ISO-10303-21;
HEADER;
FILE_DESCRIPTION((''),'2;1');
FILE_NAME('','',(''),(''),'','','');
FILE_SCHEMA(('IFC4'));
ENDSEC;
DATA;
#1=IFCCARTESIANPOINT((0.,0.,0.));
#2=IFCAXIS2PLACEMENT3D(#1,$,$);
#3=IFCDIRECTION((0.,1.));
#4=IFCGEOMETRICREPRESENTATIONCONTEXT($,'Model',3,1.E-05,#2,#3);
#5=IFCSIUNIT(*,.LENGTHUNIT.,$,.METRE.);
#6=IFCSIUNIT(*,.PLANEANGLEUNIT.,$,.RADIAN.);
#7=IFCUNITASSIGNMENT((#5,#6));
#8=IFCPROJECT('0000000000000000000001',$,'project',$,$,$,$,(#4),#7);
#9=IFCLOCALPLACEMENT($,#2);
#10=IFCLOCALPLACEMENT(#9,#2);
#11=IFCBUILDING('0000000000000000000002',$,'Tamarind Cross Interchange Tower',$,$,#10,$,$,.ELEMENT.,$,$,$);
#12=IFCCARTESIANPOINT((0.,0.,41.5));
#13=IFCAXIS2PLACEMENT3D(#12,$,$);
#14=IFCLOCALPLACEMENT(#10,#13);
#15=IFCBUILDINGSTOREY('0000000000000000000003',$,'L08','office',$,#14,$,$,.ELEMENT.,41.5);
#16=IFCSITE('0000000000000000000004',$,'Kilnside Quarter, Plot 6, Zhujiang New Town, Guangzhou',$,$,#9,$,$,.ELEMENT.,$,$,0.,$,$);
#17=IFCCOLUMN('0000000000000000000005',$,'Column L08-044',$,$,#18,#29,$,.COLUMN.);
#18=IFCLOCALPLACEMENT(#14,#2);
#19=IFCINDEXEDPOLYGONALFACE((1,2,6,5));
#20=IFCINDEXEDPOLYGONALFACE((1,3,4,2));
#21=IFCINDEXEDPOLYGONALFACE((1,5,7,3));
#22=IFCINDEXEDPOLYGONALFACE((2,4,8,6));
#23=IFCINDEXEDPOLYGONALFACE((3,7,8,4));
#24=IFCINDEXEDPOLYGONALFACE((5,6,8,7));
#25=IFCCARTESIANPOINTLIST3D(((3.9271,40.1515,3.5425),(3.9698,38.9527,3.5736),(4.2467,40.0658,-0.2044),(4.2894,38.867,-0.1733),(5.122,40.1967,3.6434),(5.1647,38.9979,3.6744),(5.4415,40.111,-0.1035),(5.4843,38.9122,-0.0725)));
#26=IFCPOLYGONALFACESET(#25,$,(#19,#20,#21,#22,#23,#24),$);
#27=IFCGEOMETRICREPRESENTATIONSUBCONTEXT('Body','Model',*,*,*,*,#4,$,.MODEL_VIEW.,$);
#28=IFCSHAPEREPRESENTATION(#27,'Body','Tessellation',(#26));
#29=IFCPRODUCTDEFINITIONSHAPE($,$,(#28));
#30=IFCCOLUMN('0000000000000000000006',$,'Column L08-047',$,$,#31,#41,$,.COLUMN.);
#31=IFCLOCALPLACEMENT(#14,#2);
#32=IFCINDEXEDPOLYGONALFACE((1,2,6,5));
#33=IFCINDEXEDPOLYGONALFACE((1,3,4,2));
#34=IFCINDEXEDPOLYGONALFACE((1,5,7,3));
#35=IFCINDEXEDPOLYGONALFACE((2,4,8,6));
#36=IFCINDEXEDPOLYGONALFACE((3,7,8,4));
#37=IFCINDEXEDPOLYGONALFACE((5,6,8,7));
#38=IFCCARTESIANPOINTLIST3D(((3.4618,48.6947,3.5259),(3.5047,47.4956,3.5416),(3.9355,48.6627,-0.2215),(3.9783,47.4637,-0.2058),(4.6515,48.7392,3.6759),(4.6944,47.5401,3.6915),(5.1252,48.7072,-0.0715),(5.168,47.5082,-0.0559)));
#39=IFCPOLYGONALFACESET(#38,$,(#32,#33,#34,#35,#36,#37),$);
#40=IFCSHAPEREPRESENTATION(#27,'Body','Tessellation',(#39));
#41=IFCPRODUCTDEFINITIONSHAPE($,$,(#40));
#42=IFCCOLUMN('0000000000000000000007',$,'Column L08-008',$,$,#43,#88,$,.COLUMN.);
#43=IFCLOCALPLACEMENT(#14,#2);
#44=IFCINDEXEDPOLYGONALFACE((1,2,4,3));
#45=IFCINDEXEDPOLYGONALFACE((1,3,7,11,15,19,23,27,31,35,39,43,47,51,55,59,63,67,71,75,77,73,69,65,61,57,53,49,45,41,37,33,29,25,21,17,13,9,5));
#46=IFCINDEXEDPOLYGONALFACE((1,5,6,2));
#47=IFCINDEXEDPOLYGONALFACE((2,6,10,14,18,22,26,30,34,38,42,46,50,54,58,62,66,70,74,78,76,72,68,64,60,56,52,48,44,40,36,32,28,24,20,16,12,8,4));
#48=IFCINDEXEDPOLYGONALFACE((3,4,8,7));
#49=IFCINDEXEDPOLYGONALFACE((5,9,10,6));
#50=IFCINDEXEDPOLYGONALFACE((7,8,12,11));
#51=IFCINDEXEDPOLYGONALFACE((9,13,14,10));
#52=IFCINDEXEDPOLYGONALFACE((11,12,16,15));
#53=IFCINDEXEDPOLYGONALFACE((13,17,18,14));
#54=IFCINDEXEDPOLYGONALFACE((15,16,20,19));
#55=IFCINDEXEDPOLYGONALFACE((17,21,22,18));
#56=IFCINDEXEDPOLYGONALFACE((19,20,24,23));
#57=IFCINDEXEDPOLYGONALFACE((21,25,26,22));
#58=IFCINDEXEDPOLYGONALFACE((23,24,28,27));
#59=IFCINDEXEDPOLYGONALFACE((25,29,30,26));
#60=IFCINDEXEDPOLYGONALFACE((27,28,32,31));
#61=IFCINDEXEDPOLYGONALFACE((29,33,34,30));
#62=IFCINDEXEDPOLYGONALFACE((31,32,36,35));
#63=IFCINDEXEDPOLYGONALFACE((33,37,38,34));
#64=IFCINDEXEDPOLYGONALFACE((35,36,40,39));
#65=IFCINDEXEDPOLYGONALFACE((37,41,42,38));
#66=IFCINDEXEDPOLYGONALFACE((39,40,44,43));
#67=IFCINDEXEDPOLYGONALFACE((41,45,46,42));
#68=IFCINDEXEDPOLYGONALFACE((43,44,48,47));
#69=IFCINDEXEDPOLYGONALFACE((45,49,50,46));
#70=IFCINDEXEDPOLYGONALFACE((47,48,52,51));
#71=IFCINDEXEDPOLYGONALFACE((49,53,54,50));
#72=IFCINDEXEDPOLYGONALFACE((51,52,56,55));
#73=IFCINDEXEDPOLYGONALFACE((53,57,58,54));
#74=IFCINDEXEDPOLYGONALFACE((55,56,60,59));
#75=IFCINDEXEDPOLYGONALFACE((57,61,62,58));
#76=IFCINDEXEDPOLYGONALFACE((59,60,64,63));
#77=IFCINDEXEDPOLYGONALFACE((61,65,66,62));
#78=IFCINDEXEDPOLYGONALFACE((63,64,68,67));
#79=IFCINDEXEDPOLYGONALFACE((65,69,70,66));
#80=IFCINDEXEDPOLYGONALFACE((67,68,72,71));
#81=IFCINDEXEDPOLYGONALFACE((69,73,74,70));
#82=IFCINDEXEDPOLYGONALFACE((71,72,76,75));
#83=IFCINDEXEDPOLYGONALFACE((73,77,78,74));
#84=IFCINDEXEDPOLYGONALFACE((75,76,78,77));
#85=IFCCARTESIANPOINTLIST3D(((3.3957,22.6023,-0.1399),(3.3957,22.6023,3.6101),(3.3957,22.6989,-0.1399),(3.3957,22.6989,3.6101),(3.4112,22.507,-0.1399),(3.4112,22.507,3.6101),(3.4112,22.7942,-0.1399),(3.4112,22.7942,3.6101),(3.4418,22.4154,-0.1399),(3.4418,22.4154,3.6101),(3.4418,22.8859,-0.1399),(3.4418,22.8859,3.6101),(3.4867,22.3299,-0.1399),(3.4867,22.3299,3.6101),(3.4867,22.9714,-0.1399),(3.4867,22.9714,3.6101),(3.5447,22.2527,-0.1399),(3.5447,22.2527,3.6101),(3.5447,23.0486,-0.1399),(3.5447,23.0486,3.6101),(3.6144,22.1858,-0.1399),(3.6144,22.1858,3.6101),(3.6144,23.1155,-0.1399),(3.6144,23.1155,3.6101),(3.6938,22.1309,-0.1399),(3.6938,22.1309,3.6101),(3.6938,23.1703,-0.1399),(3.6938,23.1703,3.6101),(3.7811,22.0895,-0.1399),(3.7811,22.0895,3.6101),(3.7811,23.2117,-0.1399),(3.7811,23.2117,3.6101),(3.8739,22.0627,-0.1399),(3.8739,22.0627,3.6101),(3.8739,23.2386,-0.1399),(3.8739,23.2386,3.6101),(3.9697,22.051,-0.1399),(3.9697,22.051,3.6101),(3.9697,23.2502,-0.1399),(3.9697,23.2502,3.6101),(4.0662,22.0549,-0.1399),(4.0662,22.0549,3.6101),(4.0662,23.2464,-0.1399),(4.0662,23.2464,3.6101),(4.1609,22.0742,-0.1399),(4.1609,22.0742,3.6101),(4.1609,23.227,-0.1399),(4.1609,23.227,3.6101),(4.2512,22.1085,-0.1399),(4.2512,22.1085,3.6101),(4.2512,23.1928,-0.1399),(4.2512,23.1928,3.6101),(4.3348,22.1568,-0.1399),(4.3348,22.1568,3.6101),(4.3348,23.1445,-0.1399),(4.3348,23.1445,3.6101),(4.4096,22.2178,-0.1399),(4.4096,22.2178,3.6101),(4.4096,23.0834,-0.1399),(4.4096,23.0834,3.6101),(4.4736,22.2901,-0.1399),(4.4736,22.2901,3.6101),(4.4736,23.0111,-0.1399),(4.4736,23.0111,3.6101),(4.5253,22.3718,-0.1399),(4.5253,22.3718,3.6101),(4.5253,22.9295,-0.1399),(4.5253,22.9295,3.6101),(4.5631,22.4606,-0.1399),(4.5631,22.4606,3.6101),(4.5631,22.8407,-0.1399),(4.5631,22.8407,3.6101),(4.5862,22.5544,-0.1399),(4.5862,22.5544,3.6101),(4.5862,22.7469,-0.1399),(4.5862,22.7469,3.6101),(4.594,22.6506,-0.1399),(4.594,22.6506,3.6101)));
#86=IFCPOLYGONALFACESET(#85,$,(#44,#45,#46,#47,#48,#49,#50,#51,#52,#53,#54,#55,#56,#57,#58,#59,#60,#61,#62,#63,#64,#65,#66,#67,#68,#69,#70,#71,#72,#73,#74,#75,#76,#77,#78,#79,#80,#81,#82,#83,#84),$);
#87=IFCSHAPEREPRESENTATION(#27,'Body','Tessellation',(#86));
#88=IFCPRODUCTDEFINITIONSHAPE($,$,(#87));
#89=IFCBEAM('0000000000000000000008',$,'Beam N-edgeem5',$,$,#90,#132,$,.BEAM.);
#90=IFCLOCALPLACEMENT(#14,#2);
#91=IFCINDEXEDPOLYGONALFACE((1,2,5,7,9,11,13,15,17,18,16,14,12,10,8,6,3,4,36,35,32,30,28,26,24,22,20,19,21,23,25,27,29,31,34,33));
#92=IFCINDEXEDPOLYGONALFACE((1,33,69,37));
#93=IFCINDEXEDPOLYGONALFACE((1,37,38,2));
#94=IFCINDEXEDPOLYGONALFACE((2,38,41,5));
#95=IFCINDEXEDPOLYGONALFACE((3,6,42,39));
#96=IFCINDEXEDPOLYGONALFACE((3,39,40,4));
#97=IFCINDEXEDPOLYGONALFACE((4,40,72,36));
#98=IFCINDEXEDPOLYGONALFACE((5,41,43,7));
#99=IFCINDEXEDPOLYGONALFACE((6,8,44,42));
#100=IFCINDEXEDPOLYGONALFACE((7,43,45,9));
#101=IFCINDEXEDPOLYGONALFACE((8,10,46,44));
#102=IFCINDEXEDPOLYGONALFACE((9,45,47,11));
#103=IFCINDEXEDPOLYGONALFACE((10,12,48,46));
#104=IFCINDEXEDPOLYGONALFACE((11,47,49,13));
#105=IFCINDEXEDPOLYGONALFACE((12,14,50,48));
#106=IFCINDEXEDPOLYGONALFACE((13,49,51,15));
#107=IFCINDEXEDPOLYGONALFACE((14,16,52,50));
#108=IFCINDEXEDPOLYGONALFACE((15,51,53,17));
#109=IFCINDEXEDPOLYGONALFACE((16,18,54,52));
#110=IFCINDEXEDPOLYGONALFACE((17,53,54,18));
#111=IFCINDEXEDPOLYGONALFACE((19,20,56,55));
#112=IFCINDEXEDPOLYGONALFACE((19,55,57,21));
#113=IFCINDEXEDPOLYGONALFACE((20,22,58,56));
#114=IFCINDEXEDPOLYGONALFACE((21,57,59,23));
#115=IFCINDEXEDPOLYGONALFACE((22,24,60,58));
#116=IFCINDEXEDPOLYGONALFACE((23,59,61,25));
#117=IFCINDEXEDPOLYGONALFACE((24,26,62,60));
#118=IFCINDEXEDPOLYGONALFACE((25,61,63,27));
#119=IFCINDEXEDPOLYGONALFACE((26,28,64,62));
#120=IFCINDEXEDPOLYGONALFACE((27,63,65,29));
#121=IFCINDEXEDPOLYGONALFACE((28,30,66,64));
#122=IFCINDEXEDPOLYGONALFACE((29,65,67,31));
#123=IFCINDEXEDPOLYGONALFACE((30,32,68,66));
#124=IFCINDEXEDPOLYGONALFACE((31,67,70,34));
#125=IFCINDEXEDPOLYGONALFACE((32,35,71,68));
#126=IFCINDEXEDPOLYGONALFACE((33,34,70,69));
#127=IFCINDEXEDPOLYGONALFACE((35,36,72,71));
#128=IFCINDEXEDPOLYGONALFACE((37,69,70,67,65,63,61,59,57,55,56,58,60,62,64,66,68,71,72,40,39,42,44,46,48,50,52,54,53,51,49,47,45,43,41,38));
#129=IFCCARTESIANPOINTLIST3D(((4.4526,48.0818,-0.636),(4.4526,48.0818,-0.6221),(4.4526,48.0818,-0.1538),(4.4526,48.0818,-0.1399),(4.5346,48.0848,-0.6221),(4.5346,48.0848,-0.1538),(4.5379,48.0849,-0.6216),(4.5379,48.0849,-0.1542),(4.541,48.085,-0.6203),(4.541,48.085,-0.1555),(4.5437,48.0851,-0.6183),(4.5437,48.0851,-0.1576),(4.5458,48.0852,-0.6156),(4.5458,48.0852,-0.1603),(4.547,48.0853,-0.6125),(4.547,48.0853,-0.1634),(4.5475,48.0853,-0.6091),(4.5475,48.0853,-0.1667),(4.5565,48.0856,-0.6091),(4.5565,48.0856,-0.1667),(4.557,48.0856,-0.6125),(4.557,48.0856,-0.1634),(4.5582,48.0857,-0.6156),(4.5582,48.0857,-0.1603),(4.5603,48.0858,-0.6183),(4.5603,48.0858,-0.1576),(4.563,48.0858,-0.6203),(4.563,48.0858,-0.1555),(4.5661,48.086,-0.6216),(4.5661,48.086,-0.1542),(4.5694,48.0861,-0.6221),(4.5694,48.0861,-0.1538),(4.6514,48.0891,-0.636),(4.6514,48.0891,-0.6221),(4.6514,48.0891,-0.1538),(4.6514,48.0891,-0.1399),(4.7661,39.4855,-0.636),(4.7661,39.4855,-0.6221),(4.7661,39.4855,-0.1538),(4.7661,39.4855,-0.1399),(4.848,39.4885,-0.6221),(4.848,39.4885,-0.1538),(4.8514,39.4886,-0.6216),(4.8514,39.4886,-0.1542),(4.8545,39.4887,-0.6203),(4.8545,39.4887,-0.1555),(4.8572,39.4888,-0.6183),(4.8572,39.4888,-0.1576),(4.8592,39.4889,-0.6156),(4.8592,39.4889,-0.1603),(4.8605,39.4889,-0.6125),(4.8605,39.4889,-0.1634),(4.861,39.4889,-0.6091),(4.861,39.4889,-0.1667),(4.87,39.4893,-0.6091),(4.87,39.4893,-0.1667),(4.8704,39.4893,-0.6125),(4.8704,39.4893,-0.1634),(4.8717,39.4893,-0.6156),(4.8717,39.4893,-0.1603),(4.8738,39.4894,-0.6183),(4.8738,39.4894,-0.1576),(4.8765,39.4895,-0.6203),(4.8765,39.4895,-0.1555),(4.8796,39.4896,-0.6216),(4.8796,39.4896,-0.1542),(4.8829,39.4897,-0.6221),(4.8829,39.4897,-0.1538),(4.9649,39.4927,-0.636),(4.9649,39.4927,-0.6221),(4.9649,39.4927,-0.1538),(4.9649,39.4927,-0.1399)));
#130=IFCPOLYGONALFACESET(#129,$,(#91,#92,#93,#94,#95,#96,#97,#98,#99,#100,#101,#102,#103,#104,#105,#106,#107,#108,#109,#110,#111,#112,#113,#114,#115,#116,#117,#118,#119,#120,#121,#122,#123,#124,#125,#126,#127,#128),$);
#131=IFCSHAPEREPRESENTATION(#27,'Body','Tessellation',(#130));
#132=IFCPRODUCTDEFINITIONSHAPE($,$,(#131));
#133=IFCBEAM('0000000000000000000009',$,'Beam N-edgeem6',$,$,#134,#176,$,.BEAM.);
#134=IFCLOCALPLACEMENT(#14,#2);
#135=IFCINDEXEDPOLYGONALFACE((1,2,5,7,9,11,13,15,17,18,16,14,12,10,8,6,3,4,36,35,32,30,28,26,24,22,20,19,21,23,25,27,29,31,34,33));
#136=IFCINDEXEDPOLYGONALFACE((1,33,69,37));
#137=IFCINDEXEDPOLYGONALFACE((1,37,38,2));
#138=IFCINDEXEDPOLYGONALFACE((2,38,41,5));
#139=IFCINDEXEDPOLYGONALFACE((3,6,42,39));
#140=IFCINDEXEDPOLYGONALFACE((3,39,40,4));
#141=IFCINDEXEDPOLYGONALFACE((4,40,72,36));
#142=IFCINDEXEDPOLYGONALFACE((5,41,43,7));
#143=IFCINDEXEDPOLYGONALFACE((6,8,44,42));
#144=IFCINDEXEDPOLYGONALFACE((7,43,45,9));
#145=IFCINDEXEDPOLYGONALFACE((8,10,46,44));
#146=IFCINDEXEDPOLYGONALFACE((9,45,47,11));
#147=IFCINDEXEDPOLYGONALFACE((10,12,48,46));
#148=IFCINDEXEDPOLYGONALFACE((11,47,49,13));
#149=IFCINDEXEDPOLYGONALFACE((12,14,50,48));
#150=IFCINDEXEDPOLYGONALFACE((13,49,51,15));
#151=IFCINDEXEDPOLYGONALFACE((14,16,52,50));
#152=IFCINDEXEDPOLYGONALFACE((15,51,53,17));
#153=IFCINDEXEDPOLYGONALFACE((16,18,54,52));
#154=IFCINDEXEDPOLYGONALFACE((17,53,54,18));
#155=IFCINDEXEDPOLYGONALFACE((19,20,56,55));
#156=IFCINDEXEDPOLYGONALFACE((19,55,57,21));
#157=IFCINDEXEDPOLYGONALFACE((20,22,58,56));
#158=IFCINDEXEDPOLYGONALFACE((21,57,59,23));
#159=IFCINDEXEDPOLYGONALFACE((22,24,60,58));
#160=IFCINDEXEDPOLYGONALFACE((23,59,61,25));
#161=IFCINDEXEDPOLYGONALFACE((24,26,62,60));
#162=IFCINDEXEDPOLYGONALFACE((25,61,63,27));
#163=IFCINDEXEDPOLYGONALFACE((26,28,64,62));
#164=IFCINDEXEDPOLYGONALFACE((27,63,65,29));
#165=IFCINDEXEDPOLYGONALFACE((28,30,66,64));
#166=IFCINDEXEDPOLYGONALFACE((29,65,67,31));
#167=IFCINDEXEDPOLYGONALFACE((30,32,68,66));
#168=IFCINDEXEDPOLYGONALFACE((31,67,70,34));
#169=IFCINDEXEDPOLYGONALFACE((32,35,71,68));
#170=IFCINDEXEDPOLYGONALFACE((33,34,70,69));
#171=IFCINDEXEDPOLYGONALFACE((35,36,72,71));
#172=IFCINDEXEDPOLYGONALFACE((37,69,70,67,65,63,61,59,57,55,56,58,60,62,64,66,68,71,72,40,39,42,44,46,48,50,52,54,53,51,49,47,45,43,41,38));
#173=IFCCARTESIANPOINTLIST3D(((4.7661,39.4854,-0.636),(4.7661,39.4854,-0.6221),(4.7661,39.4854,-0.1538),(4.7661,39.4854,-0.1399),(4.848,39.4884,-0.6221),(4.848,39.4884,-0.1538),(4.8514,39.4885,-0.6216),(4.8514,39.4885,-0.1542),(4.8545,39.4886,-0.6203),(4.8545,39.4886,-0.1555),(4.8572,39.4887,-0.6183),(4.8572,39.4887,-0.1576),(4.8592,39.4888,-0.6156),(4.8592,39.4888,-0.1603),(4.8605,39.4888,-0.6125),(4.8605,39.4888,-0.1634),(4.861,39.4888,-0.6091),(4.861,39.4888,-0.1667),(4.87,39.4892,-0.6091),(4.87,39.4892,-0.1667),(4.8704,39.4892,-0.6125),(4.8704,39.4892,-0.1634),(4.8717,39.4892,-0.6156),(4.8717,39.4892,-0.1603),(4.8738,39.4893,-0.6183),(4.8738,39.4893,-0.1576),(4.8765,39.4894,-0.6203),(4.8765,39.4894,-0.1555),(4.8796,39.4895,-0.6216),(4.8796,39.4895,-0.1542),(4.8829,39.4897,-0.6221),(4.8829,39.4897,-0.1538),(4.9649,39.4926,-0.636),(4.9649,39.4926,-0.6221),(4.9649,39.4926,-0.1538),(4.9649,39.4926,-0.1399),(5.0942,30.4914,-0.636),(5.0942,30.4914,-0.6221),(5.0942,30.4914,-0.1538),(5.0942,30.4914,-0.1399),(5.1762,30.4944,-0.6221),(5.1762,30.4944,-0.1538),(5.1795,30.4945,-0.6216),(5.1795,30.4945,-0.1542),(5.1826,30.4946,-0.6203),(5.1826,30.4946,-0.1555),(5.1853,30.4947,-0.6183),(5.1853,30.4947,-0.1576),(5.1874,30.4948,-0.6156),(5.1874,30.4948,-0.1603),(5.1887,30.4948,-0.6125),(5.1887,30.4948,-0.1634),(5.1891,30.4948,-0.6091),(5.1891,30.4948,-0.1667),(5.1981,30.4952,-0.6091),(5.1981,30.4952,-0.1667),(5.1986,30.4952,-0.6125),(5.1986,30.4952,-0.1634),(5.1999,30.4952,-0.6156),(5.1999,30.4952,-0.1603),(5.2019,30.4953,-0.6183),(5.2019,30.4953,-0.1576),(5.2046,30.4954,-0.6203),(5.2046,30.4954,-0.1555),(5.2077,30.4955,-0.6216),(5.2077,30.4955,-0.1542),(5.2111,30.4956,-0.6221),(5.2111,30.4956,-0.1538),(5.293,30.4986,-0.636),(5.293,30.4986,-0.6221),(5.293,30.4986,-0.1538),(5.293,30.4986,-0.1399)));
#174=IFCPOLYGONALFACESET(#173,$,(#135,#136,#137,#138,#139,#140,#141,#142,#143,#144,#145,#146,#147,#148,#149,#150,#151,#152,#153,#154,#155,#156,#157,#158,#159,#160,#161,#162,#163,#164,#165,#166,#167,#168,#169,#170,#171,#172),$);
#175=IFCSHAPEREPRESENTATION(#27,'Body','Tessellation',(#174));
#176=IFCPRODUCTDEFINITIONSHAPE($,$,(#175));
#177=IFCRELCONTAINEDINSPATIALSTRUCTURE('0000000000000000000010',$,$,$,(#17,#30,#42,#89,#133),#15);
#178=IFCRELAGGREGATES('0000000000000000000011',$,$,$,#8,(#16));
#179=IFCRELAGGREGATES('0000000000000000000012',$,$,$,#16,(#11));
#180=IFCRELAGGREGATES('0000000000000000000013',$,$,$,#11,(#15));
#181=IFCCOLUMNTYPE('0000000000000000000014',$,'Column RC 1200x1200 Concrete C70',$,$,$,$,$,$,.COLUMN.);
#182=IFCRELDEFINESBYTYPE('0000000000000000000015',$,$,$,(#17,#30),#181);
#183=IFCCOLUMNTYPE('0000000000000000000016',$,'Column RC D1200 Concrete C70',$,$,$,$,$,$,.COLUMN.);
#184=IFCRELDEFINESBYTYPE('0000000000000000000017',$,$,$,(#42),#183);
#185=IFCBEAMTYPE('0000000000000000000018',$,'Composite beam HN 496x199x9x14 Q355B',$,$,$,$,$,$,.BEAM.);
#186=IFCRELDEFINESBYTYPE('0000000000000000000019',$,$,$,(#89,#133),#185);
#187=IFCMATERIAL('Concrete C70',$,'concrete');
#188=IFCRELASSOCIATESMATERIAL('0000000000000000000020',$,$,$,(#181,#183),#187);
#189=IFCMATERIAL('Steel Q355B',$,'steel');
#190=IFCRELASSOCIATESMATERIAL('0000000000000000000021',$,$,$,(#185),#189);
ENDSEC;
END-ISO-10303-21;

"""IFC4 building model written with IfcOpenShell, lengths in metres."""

from ifc_helpers import new_model, si_unit, direction, frame, origin, origin_2d, place, context, subcontext, project, spatial, rectangle, circle, i_section, extrude, material, material_profile, profile_set, type_object, element, save


model = new_model("IFC4")

# Units and contexts
model_context = context("Model", 3, precision=1e-05, world=origin(), true_north=direction((0.0, 1.0)))
body_context = subcontext(model_context, "Body", "Model", "MODEL_VIEW")
ifc_project = project(units=[si_unit("LENGTHUNIT", "METRE"), si_unit("PLANEANGLEUNIT", "RADIAN")], contexts=[model_context])

# Site, building, storey
site_placement = place(None, origin())
site = spatial("IfcSite", under=ifc_project, at=site_placement, Name="Kilnside Quarter, Plot 6, Zhujiang New Town, Guangzhou", CompositionType="ELEMENT", RefElevation=0.0)
building_placement = place(site_placement, origin())
building = spatial("IfcBuilding", under=site, at=building_placement, Name="Tamarind Cross Interchange Tower", CompositionType="ELEMENT")
storey_placement = place(building_placement, frame((0.0, 0.0, 41.5)))
storey = spatial("IfcBuildingStorey", under=building, at=storey_placement, Name="L08", Description="office", CompositionType="ELEMENT", Elevation=41.5)

# Columns
ifc_material_1 = material(Name="Concrete C70", Category="concrete")
ifc_material_profile_1 = material_profile(ifc_material_1, rectangle(XDim=1.2, YDim=1.2, at=origin_2d()), Name="RC 1200x1200")
ifc_profile_set_1 = profile_set([ifc_material_profile_1], Name="Concrete C70")
column_type_1 = type_object("IfcColumnType", Name="Column RC 1200x1200 Concrete C70", PredefinedType="COLUMN", material=ifc_profile_set_1)
column_1_placement = place(storey_placement, frame((4.8655, 39.489, -0.1384), z_axis=(-0.084963, 0.022782, 0.996124), x_axis=(0.035606, -0.999031, 0.025886)))
element("IfcColumn", 1, at=column_1_placement, inside=storey, type_object=column_type_1, Name="Column L08-044", PredefinedType="COLUMN", context=body_context, shape_type="SweptSolid", body=[
    extrude(rectangle(XDim=1.2, YDim=1.2, at=origin_2d()), origin(), (0.0, 0.0, 1.0), 3.7615),
])
column_2_placement = place(storey_placement, frame((4.5518, 48.0854, -0.1387), z_axis=(-0.12539, 0.008467, 0.992071), x_axis=(0.035723, -0.999277, 0.013044)))
element("IfcColumn", 2, at=column_2_placement, inside=storey, type_object=column_type_1, Name="Column L08-047", PredefinedType="COLUMN", context=body_context, shape_type="SweptSolid", body=[
    extrude(rectangle(XDim=1.2, YDim=1.2, at=origin_2d()), origin(), (0.0, 0.0, 1.0), 3.7773),
])
ifc_material_profile_2 = material_profile(ifc_material_1, circle(Radius=0.6001, at=origin_2d()), Name="RC D1200")
ifc_profile_set_2 = profile_set([ifc_material_profile_2], Name="Concrete C70")
column_type_2 = type_object("IfcColumnType", Name="Column RC D1200 Concrete C70", PredefinedType="COLUMN", material=ifc_profile_set_2)
column_3_placement = place(storey_placement, frame((3.9939, 22.6506, -0.1399), z_axis=(0.0, 0.0, 1.0), x_axis=(1.0, 0.0, 0.0)))
element("IfcColumn", 3, at=column_3_placement, inside=storey, type_object=column_type_2, Name="Column L08-008", PredefinedType="COLUMN", context=body_context, shape_type="SweptSolid", body=[
    extrude(circle(Radius=0.6001, at=origin_2d()), origin(), (0.0, 0.0, 1.0), 3.75),
])

# Beams
ifc_material_2 = material(Name="Steel Q355B", Category="steel")
ifc_material_profile_3 = material_profile(ifc_material_2, i_section(OverallWidth=0.199, OverallDepth=0.4961, WebThickness=0.009, FlangeThickness=0.0139, FilletRadius=0.0129, at=origin_2d()), Name="HN 496x199x9x14")
ifc_profile_set_3 = profile_set([ifc_material_profile_3], Name="Steel Q355B")
beam_type_1 = type_object("IfcBeamType", Name="Composite beam HN 496x199x9x14 Q355B", PredefinedType="BEAM", material=ifc_profile_set_3)
beam_1_placement = place(storey_placement, frame((4.552, 48.0854, -0.3879), z_axis=(0.036442, -0.999336, 0.0), x_axis=(0.999336, 0.036442, 0.0)))
element("IfcBeam", 4, at=beam_1_placement, inside=storey, type_object=beam_type_1, Name="Beam N-edgeem5", PredefinedType="BEAM", context=body_context, shape_type="SweptSolid", body=[
    extrude(i_section(OverallWidth=0.199, OverallDepth=0.4961, WebThickness=0.009, FlangeThickness=0.0139, FilletRadius=0.0129, at=origin_2d()), origin(), (0.0, 0.0, 1.0), 8.6021),
])
beam_2_placement = place(storey_placement, frame((4.8655, 39.489, -0.3879), z_axis=(0.036459, -0.999335, 0.0), x_axis=(0.999335, 0.036459, 0.0)))
element("IfcBeam", 5, at=beam_2_placement, inside=storey, type_object=beam_type_1, Name="Beam N-edgeem6", PredefinedType="BEAM", context=body_context, shape_type="SweptSolid", body=[
    extrude(i_section(OverallWidth=0.199, OverallDepth=0.4961, WebThickness=0.009, FlangeThickness=0.0139, FilletRadius=0.0129, at=origin_2d()), origin(), (0.0, 0.0, 1.0), 9.0),
])

save(model, "model.ifc")
